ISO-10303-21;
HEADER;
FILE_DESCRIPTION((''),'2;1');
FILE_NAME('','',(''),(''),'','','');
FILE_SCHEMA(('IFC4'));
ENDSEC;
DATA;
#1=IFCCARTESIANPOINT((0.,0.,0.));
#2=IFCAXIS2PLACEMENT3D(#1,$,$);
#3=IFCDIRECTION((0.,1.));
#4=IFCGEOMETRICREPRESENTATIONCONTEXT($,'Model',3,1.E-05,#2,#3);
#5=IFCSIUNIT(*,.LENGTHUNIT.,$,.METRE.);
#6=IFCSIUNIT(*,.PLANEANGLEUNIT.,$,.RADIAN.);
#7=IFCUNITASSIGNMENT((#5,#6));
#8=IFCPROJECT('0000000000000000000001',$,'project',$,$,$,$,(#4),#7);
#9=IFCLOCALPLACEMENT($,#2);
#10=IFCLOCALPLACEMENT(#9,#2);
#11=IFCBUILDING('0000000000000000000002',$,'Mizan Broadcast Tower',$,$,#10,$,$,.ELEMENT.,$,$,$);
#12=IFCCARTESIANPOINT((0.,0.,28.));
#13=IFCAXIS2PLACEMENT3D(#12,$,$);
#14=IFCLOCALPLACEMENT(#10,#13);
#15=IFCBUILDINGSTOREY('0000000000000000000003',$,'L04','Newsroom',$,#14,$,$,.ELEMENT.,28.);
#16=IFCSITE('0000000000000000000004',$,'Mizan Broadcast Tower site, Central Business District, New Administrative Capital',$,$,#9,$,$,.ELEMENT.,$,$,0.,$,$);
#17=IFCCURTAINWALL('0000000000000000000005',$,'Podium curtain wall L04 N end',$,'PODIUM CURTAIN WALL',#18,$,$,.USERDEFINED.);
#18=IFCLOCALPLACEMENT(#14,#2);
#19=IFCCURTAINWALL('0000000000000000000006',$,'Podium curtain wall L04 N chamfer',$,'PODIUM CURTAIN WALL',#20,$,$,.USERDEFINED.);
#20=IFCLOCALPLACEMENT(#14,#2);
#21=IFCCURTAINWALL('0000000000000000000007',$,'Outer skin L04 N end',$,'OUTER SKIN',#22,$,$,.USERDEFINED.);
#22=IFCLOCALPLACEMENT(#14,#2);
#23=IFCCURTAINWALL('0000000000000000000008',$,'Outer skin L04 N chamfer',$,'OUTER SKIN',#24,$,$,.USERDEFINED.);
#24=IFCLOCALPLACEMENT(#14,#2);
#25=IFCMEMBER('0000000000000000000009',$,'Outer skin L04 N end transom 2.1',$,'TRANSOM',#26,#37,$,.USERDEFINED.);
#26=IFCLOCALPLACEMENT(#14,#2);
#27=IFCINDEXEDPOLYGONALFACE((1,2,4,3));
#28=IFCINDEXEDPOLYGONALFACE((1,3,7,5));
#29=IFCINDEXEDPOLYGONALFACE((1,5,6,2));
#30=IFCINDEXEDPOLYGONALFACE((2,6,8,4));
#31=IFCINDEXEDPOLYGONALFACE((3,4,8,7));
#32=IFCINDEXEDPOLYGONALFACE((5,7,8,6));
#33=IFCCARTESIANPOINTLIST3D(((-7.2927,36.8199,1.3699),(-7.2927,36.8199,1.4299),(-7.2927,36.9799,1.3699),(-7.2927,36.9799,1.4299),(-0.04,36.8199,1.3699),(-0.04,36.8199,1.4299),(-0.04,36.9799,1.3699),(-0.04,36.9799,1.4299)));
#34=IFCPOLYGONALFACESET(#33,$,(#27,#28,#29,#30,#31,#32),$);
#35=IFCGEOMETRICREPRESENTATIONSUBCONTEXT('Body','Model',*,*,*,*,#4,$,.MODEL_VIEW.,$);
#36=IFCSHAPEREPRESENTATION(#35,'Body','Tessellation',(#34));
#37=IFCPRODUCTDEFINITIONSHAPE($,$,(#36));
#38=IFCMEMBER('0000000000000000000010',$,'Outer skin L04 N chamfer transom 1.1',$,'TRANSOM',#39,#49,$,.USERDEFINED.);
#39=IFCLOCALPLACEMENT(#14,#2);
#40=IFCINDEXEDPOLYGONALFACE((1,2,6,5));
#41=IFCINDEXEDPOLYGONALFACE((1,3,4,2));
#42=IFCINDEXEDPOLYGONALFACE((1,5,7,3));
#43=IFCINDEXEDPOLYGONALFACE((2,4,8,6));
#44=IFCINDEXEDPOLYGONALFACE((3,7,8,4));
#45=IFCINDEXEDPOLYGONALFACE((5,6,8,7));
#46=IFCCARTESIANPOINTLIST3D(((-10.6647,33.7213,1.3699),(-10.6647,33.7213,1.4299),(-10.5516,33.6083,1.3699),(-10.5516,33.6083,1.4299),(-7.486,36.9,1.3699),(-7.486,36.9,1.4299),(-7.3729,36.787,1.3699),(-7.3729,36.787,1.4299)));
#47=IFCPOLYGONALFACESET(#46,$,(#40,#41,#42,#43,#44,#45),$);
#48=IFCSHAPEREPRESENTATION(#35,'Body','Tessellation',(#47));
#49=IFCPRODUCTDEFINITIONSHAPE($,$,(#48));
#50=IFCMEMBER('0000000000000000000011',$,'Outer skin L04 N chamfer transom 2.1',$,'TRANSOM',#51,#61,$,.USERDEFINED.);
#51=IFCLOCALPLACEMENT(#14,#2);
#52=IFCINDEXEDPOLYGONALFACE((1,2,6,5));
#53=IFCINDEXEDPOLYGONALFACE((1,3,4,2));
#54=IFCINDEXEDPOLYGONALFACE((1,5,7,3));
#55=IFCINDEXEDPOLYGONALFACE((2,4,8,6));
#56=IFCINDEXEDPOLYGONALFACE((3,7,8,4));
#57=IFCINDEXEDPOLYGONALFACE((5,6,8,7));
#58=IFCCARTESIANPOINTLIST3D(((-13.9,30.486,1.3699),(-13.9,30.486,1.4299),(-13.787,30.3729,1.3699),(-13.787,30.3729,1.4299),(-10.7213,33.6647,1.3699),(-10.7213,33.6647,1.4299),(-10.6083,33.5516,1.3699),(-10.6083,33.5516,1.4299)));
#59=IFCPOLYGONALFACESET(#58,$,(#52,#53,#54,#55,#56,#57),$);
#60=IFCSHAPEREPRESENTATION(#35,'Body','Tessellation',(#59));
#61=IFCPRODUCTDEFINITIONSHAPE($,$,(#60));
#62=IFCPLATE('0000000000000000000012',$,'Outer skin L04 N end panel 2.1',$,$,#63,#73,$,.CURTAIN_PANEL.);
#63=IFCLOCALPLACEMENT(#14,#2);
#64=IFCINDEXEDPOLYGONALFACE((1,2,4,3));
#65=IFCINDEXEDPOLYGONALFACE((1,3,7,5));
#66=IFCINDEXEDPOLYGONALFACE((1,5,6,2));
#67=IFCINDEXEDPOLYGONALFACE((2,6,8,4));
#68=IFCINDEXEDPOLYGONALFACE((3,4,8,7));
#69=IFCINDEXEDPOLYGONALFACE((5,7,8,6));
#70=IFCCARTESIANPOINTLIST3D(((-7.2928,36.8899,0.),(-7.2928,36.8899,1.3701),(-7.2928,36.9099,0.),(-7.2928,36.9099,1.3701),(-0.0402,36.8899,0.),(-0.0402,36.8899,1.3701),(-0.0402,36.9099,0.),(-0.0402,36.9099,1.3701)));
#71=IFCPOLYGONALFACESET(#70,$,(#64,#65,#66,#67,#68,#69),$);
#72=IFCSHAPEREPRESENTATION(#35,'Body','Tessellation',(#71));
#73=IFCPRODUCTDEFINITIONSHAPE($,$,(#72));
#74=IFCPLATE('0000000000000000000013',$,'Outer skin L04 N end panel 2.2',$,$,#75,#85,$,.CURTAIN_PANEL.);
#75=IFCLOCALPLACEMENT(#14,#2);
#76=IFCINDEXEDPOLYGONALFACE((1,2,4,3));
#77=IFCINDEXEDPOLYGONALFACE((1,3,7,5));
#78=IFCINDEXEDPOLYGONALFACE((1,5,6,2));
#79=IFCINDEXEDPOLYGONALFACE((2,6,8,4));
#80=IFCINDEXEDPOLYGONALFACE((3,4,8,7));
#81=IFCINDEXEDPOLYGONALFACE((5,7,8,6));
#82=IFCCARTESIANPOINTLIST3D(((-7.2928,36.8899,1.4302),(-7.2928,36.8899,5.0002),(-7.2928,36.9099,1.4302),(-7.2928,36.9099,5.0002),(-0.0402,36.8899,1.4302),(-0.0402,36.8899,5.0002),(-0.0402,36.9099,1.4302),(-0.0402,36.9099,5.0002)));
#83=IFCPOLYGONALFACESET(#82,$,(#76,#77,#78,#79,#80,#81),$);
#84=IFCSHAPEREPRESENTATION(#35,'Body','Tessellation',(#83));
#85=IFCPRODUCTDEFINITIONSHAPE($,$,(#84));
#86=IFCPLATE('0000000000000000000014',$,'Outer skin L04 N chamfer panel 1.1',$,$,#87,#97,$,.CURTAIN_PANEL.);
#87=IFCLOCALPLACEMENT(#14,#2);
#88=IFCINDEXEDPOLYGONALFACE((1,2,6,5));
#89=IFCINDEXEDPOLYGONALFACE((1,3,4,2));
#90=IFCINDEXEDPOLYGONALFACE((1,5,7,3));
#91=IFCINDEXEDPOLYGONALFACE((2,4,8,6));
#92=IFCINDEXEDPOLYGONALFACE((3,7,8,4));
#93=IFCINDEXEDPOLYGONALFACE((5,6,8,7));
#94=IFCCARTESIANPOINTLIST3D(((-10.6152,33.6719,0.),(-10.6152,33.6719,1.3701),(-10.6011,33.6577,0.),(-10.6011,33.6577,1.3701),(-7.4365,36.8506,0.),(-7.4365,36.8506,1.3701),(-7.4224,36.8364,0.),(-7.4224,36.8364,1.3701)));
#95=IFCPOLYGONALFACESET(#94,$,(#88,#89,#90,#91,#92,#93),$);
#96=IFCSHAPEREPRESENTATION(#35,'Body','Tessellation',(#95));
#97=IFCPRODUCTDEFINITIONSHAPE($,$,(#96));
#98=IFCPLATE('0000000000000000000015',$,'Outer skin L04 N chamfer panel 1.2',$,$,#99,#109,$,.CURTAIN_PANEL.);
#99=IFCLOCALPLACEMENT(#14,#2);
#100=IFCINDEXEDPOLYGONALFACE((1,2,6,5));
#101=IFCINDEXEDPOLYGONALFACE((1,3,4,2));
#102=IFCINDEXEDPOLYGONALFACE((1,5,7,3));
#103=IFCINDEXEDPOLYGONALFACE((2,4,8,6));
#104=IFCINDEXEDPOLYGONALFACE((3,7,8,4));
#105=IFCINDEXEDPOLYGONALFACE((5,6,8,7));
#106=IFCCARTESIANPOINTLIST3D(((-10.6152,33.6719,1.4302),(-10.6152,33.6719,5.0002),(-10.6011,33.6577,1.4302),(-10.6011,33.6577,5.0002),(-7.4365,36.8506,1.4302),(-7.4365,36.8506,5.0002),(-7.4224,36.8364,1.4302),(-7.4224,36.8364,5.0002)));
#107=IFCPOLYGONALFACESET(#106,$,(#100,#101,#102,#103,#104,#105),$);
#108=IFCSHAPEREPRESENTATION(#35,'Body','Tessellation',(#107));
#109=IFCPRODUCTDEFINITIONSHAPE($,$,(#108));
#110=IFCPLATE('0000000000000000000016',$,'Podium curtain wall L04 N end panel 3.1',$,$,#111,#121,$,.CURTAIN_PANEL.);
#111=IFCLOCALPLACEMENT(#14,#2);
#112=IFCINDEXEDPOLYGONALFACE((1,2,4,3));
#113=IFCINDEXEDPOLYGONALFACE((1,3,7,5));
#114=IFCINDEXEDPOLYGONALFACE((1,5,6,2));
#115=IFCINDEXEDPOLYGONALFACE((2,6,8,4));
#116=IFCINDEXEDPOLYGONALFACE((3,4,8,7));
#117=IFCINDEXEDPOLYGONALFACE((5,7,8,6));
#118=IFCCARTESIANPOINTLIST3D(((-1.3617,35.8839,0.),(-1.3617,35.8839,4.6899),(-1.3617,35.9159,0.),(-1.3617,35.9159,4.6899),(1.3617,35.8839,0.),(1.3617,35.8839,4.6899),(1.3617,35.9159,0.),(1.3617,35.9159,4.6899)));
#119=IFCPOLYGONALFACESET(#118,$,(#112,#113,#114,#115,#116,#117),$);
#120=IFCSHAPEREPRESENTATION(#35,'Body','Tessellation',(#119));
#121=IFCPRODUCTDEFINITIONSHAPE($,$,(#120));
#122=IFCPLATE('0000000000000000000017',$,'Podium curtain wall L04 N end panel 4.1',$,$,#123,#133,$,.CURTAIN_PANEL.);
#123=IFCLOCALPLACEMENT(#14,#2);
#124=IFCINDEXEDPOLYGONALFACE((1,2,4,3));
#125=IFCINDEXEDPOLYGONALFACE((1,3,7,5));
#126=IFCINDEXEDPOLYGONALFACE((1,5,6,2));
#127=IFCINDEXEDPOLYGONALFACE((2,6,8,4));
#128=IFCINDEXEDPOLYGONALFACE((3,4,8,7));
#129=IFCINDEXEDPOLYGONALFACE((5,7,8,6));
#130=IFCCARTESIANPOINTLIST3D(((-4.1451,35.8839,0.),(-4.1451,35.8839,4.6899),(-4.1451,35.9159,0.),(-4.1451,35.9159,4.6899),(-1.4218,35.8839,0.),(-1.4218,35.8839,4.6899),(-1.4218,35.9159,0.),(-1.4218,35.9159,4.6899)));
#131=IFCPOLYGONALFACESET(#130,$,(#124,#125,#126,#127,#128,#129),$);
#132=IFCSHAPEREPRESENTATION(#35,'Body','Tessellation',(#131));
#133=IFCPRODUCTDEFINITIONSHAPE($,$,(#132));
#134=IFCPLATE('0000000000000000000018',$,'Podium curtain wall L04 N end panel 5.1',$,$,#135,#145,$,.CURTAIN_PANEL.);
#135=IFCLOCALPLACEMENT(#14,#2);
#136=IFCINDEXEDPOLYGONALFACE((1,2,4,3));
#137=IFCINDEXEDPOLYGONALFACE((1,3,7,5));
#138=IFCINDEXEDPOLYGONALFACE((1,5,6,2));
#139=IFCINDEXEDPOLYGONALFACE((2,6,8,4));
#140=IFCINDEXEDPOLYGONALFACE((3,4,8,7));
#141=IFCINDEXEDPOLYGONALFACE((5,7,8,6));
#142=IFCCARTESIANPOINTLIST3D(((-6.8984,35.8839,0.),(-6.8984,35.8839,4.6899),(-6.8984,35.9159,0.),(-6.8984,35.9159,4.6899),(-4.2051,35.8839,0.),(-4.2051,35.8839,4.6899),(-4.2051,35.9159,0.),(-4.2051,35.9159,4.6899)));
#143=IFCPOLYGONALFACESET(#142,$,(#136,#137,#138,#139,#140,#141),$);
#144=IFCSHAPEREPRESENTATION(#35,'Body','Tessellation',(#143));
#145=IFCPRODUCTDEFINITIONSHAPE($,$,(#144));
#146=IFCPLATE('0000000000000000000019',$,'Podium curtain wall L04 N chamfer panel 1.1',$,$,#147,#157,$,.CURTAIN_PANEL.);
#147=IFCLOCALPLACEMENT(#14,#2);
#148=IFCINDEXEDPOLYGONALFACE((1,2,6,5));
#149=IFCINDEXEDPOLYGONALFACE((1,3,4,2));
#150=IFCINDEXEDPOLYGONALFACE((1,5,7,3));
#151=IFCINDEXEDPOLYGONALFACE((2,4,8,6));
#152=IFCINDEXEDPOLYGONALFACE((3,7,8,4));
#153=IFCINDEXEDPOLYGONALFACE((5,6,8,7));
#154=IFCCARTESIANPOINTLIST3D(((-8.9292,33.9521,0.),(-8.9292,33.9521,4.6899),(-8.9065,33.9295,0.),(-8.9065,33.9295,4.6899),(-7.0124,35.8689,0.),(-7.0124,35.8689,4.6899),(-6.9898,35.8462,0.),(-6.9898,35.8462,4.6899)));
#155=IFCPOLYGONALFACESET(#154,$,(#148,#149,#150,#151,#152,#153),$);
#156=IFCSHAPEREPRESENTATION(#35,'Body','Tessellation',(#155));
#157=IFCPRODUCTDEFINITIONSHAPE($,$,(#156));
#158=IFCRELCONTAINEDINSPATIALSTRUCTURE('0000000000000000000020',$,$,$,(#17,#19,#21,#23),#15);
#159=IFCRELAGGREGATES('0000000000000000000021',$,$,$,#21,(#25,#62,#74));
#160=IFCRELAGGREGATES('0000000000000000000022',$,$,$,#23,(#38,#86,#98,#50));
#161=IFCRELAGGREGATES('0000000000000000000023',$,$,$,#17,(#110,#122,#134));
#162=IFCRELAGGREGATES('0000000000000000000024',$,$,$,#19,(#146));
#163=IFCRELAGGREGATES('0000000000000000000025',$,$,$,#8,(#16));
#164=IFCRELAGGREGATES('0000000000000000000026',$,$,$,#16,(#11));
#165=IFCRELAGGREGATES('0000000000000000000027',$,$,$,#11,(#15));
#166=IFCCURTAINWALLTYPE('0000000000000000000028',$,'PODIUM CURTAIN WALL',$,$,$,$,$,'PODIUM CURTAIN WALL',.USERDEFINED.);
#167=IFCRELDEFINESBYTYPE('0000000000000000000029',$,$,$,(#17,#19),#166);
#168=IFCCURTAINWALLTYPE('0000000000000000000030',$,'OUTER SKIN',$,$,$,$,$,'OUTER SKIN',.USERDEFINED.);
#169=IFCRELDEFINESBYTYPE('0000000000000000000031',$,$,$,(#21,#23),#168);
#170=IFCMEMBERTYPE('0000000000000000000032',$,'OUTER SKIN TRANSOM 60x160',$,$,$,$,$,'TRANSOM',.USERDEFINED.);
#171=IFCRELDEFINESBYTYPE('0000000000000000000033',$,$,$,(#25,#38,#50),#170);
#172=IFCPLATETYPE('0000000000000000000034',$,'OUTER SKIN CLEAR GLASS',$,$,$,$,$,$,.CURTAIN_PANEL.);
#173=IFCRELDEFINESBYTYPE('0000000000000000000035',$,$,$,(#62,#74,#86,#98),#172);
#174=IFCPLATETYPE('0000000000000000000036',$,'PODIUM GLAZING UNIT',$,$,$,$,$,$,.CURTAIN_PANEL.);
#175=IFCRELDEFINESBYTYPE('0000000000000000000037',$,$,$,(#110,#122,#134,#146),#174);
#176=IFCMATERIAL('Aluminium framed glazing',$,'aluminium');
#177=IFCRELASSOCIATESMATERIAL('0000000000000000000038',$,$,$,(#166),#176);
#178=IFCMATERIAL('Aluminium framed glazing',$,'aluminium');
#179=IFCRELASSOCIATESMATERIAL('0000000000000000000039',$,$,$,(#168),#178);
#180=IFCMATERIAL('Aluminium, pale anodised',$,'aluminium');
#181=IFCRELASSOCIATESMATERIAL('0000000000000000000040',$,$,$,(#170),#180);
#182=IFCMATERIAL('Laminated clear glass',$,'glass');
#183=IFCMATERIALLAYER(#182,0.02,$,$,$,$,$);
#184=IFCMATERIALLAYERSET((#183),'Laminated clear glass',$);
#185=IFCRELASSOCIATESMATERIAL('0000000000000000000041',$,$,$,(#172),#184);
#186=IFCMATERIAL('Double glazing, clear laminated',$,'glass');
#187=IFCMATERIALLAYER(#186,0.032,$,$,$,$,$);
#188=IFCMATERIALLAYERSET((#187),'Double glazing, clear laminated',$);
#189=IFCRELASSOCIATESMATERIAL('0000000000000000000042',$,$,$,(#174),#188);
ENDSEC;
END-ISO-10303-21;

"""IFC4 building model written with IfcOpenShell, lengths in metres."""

from ifc_helpers import new_model, si_unit, direction, frame, origin, origin_2d, place, context, subcontext, project, spatial, rectangle, extrude, material, layer, layer_set, material_profile, profile_set, type_object, element, aggregate, save


model = new_model("IFC4")

# Units and contexts
model_context = context("Model", 3, precision=1e-05, world=origin(), true_north=direction((0.0, 1.0)))
body_context = subcontext(model_context, "Body", "Model", "MODEL_VIEW")
ifc_project = project(units=[si_unit("LENGTHUNIT", "METRE"), si_unit("PLANEANGLEUNIT", "RADIAN")], contexts=[model_context])

# Site, building, storey
site_placement = place(None, origin())
site = spatial("IfcSite", under=ifc_project, at=site_placement, Name="Mizan Broadcast Tower site, Central Business District, New Administrative Capital", CompositionType="ELEMENT", RefElevation=0.0)
building_placement = place(site_placement, origin())
building = spatial("IfcBuilding", under=site, at=building_placement, Name="Mizan Broadcast Tower", CompositionType="ELEMENT")
storey_placement = place(building_placement, frame((0.0, 0.0, 28.0)))
storey = spatial("IfcBuildingStorey", under=building, at=storey_placement, Name="L04", Description="Newsroom", CompositionType="ELEMENT", Elevation=28.0)

# Curtain wall
ifc_material_1 = material(Name="Aluminium framed glazing", Category="aluminium")
curtain_wall_type_1 = type_object("IfcCurtainWallType", Name="PODIUM CURTAIN WALL", ElementType="PODIUM CURTAIN WALL", PredefinedType="USERDEFINED", material=ifc_material_1)
curtain_wall_1_placement = place(storey_placement, origin())
curtain_wall_1 = element("IfcCurtainWall", 1, at=curtain_wall_1_placement, inside=storey, type_object=curtain_wall_type_1, Name="Podium curtain wall L04 N end", ObjectType="PODIUM CURTAIN WALL", PredefinedType="USERDEFINED")

# Curtain wall
curtain_wall_2_placement = place(storey_placement, origin())
curtain_wall_2 = element("IfcCurtainWall", 2, at=curtain_wall_2_placement, inside=storey, type_object=curtain_wall_type_1, Name="Podium curtain wall L04 N chamfer", ObjectType="PODIUM CURTAIN WALL", PredefinedType="USERDEFINED")

# Curtain walls
ifc_material_2 = material(Name="Aluminium framed glazing", Category="aluminium")
curtain_wall_type_2 = type_object("IfcCurtainWallType", Name="OUTER SKIN", ElementType="OUTER SKIN", PredefinedType="USERDEFINED", material=ifc_material_2)
curtain_wall_3_placement = place(storey_placement, origin())
curtain_wall_3 = element("IfcCurtainWall", 3, at=curtain_wall_3_placement, inside=storey, type_object=curtain_wall_type_2, Name="Outer skin L04 N end", ObjectType="OUTER SKIN", PredefinedType="USERDEFINED")
curtain_wall_4_placement = place(storey_placement, origin())
curtain_wall_4 = element("IfcCurtainWall", 4, at=curtain_wall_4_placement, inside=storey, type_object=curtain_wall_type_2, Name="Outer skin L04 N chamfer", ObjectType="OUTER SKIN", PredefinedType="USERDEFINED")

# Members
ifc_material_3 = material(Name="Aluminium, pale anodised", Category="aluminium")
ifc_material_profile_1 = material_profile(ifc_material_3, rectangle(XDim=0.1599, YDim=0.0601, at=origin_2d()), Name="TRANSOM 160x60")
ifc_profile_set_1 = profile_set([ifc_material_profile_1], Name="Aluminium, pale anodised")
member_type_1 = type_object("IfcMemberType", Name="OUTER SKIN TRANSOM 60x160", ElementType="TRANSOM", PredefinedType="USERDEFINED", material=ifc_profile_set_1)
member_1_placement = place(storey_placement, frame((-0.04, 36.8999, 1.3999), z_axis=(-1.0, 0.0, 0.0), x_axis=(0.0, -1.0, 0.0)))
member_1 = element("IfcMember", 5, at=member_1_placement, type_object=member_type_1, Name="Outer skin L04 N end transom 2.1", ObjectType="TRANSOM", PredefinedType="USERDEFINED", context=body_context, shape_type="SweptSolid", body=[
    extrude(rectangle(XDim=0.1599, YDim=0.0601, at=origin_2d()), origin(), (0.0, 0.0, 1.0), 7.2527),
])
member_2_placement = place(storey_placement, frame((-7.4294, 36.8435, 1.3999), z_axis=(-0.707107, -0.707107, 0.0), x_axis=(0.707107, -0.707107, 0.0)))
member_2 = element("IfcMember", 6, at=member_2_placement, type_object=member_type_1, Name="Outer skin L04 N chamfer transom 1.1", ObjectType="TRANSOM", PredefinedType="USERDEFINED", context=body_context, shape_type="SweptSolid", body=[
    extrude(rectangle(XDim=0.1599, YDim=0.0601, at=origin_2d()), origin(), (0.0, 0.0, 1.0), 4.4954),
])
member_3_placement = place(storey_placement, frame((-10.6648, 33.6082, 1.3999), z_axis=(-0.707107, -0.707107, 0.0), x_axis=(0.707107, -0.707107, 0.0)))
member_3 = element("IfcMember", 7, at=member_3_placement, type_object=member_type_1, Name="Outer skin L04 N chamfer transom 2.1", ObjectType="TRANSOM", PredefinedType="USERDEFINED", context=body_context, shape_type="SweptSolid", body=[
    extrude(rectangle(XDim=0.1599, YDim=0.0601, at=origin_2d()), origin(), (0.0, 0.0, 1.0), 4.4954),
])

# Plates
ifc_material_4 = material(Name="Laminated clear glass", Category="glass")
ifc_layer_1 = layer(ifc_material_4, 0.02)
ifc_layer_set_1 = layer_set([ifc_layer_1], Name="Laminated clear glass")
plate_type_1 = type_object("IfcPlateType", Name="OUTER SKIN CLEAR GLASS", PredefinedType="CURTAIN_PANEL", material=ifc_layer_set_1)
plate_1_placement = place(storey_placement, frame((-3.6665, 36.8999, 0.0), z_axis=(0.0, 0.0, 1.0), x_axis=(-1.0, 0.0, 0.0)))
plate_1 = element("IfcPlate", 8, at=plate_1_placement, type_object=plate_type_1, Name="Outer skin L04 N end panel 2.1", PredefinedType="CURTAIN_PANEL", context=body_context, shape_type="SweptSolid", body=[
    extrude(rectangle(XDim=7.2527, YDim=0.02, at=origin_2d()), origin(), (0.0, 0.0, 1.0), 1.3701),
])
plate_2_placement = place(storey_placement, frame((-3.6665, 36.8999, 1.4302), z_axis=(0.0, 0.0, 1.0), x_axis=(-1.0, 0.0, 0.0)))
plate_2 = element("IfcPlate", 9, at=plate_2_placement, type_object=plate_type_1, Name="Outer skin L04 N end panel 2.2", PredefinedType="CURTAIN_PANEL", context=body_context, shape_type="SweptSolid", body=[
    extrude(rectangle(XDim=7.2527, YDim=0.02, at=origin_2d()), origin(), (0.0, 0.0, 1.0), 3.5701),
])
aggregate(curtain_wall_3, [member_1, plate_1, plate_2])
plate_3_placement = place(storey_placement, frame((-9.0188, 35.2542, 0.0), z_axis=(0.0, 0.0, 1.0), x_axis=(-0.707107, -0.707107, 0.0)))
plate_3 = element("IfcPlate", 10, at=plate_3_placement, type_object=plate_type_1, Name="Outer skin L04 N chamfer panel 1.1", PredefinedType="CURTAIN_PANEL", context=body_context, shape_type="SweptSolid", body=[
    extrude(rectangle(XDim=4.4954, YDim=0.02, at=origin_2d()), origin(), (0.0, 0.0, 1.0), 1.3701),
])
plate_4_placement = place(storey_placement, frame((-9.0188, 35.2542, 1.4302), z_axis=(0.0, 0.0, 1.0), x_axis=(-0.707107, -0.707107, 0.0)))
plate_4 = element("IfcPlate", 11, at=plate_4_placement, type_object=plate_type_1, Name="Outer skin L04 N chamfer panel 1.2", PredefinedType="CURTAIN_PANEL", context=body_context, shape_type="SweptSolid", body=[
    extrude(rectangle(XDim=4.4954, YDim=0.02, at=origin_2d()), origin(), (0.0, 0.0, 1.0), 3.5701),
])
aggregate(curtain_wall_4, [member_2, plate_3, plate_4, member_3])
ifc_material_5 = material(Name="Double glazing, clear laminated", Category="glass")
ifc_layer_2 = layer(ifc_material_5, 0.032)
ifc_layer_set_2 = layer_set([ifc_layer_2], Name="Double glazing, clear laminated")
plate_type_2 = type_object("IfcPlateType", Name="PODIUM GLAZING UNIT", PredefinedType="CURTAIN_PANEL", material=ifc_layer_set_2)
plate_5_placement = place(storey_placement, frame((0.0, 35.8999, 0.0), z_axis=(0.0, 0.0, 1.0), x_axis=(-1.0, 0.0, 0.0)))
plate_5 = element("IfcPlate", 12, at=plate_5_placement, type_object=plate_type_2, Name="Podium curtain wall L04 N end panel 3.1", PredefinedType="CURTAIN_PANEL", context=body_context, shape_type="SweptSolid", body=[
    extrude(rectangle(XDim=2.7234, YDim=0.032, at=origin_2d()), origin(), (0.0, 0.0, 1.0), 4.6899),
])
plate_6_placement = place(storey_placement, frame((-2.7834, 35.8999, 0.0), z_axis=(0.0, 0.0, 1.0), x_axis=(-1.0, 0.0, 0.0)))
plate_6 = element("IfcPlate", 13, at=plate_6_placement, type_object=plate_type_2, Name="Podium curtain wall L04 N end panel 4.1", PredefinedType="CURTAIN_PANEL", context=body_context, shape_type="SweptSolid", body=[
    extrude(rectangle(XDim=2.7234, YDim=0.032, at=origin_2d()), origin(), (0.0, 0.0, 1.0), 4.6899),
])
plate_7_placement = place(storey_placement, frame((-5.5518, 35.8999, 0.0), z_axis=(0.0, 0.0, 1.0), x_axis=(-1.0, 0.0, 0.0)))
plate_7 = element("IfcPlate", 14, at=plate_7_placement, type_object=plate_type_2, Name="Podium curtain wall L04 N end panel 5.1", PredefinedType="CURTAIN_PANEL", context=body_context, shape_type="SweptSolid", body=[
    extrude(rectangle(XDim=2.6934, YDim=0.032, at=origin_2d()), origin(), (0.0, 0.0, 1.0), 4.6899),
])
aggregate(curtain_wall_1, [plate_5, plate_6, plate_7])
plate_8_placement = place(storey_placement, frame((-7.9595, 34.8992, 0.0), z_axis=(0.0, 0.0, 1.0), x_axis=(-0.707107, -0.707107, 0.0)))
plate_8 = element("IfcPlate", 15, at=plate_8_placement, type_object=plate_type_2, Name="Podium curtain wall L04 N chamfer panel 1.1", PredefinedType="CURTAIN_PANEL", context=body_context, shape_type="SweptSolid", body=[
    extrude(rectangle(XDim=2.7107, YDim=0.032, at=origin_2d()), origin(), (0.0, 0.0, 1.0), 4.6899),
])
aggregate(curtain_wall_2, [plate_8])

save(model, "model.ifc")
